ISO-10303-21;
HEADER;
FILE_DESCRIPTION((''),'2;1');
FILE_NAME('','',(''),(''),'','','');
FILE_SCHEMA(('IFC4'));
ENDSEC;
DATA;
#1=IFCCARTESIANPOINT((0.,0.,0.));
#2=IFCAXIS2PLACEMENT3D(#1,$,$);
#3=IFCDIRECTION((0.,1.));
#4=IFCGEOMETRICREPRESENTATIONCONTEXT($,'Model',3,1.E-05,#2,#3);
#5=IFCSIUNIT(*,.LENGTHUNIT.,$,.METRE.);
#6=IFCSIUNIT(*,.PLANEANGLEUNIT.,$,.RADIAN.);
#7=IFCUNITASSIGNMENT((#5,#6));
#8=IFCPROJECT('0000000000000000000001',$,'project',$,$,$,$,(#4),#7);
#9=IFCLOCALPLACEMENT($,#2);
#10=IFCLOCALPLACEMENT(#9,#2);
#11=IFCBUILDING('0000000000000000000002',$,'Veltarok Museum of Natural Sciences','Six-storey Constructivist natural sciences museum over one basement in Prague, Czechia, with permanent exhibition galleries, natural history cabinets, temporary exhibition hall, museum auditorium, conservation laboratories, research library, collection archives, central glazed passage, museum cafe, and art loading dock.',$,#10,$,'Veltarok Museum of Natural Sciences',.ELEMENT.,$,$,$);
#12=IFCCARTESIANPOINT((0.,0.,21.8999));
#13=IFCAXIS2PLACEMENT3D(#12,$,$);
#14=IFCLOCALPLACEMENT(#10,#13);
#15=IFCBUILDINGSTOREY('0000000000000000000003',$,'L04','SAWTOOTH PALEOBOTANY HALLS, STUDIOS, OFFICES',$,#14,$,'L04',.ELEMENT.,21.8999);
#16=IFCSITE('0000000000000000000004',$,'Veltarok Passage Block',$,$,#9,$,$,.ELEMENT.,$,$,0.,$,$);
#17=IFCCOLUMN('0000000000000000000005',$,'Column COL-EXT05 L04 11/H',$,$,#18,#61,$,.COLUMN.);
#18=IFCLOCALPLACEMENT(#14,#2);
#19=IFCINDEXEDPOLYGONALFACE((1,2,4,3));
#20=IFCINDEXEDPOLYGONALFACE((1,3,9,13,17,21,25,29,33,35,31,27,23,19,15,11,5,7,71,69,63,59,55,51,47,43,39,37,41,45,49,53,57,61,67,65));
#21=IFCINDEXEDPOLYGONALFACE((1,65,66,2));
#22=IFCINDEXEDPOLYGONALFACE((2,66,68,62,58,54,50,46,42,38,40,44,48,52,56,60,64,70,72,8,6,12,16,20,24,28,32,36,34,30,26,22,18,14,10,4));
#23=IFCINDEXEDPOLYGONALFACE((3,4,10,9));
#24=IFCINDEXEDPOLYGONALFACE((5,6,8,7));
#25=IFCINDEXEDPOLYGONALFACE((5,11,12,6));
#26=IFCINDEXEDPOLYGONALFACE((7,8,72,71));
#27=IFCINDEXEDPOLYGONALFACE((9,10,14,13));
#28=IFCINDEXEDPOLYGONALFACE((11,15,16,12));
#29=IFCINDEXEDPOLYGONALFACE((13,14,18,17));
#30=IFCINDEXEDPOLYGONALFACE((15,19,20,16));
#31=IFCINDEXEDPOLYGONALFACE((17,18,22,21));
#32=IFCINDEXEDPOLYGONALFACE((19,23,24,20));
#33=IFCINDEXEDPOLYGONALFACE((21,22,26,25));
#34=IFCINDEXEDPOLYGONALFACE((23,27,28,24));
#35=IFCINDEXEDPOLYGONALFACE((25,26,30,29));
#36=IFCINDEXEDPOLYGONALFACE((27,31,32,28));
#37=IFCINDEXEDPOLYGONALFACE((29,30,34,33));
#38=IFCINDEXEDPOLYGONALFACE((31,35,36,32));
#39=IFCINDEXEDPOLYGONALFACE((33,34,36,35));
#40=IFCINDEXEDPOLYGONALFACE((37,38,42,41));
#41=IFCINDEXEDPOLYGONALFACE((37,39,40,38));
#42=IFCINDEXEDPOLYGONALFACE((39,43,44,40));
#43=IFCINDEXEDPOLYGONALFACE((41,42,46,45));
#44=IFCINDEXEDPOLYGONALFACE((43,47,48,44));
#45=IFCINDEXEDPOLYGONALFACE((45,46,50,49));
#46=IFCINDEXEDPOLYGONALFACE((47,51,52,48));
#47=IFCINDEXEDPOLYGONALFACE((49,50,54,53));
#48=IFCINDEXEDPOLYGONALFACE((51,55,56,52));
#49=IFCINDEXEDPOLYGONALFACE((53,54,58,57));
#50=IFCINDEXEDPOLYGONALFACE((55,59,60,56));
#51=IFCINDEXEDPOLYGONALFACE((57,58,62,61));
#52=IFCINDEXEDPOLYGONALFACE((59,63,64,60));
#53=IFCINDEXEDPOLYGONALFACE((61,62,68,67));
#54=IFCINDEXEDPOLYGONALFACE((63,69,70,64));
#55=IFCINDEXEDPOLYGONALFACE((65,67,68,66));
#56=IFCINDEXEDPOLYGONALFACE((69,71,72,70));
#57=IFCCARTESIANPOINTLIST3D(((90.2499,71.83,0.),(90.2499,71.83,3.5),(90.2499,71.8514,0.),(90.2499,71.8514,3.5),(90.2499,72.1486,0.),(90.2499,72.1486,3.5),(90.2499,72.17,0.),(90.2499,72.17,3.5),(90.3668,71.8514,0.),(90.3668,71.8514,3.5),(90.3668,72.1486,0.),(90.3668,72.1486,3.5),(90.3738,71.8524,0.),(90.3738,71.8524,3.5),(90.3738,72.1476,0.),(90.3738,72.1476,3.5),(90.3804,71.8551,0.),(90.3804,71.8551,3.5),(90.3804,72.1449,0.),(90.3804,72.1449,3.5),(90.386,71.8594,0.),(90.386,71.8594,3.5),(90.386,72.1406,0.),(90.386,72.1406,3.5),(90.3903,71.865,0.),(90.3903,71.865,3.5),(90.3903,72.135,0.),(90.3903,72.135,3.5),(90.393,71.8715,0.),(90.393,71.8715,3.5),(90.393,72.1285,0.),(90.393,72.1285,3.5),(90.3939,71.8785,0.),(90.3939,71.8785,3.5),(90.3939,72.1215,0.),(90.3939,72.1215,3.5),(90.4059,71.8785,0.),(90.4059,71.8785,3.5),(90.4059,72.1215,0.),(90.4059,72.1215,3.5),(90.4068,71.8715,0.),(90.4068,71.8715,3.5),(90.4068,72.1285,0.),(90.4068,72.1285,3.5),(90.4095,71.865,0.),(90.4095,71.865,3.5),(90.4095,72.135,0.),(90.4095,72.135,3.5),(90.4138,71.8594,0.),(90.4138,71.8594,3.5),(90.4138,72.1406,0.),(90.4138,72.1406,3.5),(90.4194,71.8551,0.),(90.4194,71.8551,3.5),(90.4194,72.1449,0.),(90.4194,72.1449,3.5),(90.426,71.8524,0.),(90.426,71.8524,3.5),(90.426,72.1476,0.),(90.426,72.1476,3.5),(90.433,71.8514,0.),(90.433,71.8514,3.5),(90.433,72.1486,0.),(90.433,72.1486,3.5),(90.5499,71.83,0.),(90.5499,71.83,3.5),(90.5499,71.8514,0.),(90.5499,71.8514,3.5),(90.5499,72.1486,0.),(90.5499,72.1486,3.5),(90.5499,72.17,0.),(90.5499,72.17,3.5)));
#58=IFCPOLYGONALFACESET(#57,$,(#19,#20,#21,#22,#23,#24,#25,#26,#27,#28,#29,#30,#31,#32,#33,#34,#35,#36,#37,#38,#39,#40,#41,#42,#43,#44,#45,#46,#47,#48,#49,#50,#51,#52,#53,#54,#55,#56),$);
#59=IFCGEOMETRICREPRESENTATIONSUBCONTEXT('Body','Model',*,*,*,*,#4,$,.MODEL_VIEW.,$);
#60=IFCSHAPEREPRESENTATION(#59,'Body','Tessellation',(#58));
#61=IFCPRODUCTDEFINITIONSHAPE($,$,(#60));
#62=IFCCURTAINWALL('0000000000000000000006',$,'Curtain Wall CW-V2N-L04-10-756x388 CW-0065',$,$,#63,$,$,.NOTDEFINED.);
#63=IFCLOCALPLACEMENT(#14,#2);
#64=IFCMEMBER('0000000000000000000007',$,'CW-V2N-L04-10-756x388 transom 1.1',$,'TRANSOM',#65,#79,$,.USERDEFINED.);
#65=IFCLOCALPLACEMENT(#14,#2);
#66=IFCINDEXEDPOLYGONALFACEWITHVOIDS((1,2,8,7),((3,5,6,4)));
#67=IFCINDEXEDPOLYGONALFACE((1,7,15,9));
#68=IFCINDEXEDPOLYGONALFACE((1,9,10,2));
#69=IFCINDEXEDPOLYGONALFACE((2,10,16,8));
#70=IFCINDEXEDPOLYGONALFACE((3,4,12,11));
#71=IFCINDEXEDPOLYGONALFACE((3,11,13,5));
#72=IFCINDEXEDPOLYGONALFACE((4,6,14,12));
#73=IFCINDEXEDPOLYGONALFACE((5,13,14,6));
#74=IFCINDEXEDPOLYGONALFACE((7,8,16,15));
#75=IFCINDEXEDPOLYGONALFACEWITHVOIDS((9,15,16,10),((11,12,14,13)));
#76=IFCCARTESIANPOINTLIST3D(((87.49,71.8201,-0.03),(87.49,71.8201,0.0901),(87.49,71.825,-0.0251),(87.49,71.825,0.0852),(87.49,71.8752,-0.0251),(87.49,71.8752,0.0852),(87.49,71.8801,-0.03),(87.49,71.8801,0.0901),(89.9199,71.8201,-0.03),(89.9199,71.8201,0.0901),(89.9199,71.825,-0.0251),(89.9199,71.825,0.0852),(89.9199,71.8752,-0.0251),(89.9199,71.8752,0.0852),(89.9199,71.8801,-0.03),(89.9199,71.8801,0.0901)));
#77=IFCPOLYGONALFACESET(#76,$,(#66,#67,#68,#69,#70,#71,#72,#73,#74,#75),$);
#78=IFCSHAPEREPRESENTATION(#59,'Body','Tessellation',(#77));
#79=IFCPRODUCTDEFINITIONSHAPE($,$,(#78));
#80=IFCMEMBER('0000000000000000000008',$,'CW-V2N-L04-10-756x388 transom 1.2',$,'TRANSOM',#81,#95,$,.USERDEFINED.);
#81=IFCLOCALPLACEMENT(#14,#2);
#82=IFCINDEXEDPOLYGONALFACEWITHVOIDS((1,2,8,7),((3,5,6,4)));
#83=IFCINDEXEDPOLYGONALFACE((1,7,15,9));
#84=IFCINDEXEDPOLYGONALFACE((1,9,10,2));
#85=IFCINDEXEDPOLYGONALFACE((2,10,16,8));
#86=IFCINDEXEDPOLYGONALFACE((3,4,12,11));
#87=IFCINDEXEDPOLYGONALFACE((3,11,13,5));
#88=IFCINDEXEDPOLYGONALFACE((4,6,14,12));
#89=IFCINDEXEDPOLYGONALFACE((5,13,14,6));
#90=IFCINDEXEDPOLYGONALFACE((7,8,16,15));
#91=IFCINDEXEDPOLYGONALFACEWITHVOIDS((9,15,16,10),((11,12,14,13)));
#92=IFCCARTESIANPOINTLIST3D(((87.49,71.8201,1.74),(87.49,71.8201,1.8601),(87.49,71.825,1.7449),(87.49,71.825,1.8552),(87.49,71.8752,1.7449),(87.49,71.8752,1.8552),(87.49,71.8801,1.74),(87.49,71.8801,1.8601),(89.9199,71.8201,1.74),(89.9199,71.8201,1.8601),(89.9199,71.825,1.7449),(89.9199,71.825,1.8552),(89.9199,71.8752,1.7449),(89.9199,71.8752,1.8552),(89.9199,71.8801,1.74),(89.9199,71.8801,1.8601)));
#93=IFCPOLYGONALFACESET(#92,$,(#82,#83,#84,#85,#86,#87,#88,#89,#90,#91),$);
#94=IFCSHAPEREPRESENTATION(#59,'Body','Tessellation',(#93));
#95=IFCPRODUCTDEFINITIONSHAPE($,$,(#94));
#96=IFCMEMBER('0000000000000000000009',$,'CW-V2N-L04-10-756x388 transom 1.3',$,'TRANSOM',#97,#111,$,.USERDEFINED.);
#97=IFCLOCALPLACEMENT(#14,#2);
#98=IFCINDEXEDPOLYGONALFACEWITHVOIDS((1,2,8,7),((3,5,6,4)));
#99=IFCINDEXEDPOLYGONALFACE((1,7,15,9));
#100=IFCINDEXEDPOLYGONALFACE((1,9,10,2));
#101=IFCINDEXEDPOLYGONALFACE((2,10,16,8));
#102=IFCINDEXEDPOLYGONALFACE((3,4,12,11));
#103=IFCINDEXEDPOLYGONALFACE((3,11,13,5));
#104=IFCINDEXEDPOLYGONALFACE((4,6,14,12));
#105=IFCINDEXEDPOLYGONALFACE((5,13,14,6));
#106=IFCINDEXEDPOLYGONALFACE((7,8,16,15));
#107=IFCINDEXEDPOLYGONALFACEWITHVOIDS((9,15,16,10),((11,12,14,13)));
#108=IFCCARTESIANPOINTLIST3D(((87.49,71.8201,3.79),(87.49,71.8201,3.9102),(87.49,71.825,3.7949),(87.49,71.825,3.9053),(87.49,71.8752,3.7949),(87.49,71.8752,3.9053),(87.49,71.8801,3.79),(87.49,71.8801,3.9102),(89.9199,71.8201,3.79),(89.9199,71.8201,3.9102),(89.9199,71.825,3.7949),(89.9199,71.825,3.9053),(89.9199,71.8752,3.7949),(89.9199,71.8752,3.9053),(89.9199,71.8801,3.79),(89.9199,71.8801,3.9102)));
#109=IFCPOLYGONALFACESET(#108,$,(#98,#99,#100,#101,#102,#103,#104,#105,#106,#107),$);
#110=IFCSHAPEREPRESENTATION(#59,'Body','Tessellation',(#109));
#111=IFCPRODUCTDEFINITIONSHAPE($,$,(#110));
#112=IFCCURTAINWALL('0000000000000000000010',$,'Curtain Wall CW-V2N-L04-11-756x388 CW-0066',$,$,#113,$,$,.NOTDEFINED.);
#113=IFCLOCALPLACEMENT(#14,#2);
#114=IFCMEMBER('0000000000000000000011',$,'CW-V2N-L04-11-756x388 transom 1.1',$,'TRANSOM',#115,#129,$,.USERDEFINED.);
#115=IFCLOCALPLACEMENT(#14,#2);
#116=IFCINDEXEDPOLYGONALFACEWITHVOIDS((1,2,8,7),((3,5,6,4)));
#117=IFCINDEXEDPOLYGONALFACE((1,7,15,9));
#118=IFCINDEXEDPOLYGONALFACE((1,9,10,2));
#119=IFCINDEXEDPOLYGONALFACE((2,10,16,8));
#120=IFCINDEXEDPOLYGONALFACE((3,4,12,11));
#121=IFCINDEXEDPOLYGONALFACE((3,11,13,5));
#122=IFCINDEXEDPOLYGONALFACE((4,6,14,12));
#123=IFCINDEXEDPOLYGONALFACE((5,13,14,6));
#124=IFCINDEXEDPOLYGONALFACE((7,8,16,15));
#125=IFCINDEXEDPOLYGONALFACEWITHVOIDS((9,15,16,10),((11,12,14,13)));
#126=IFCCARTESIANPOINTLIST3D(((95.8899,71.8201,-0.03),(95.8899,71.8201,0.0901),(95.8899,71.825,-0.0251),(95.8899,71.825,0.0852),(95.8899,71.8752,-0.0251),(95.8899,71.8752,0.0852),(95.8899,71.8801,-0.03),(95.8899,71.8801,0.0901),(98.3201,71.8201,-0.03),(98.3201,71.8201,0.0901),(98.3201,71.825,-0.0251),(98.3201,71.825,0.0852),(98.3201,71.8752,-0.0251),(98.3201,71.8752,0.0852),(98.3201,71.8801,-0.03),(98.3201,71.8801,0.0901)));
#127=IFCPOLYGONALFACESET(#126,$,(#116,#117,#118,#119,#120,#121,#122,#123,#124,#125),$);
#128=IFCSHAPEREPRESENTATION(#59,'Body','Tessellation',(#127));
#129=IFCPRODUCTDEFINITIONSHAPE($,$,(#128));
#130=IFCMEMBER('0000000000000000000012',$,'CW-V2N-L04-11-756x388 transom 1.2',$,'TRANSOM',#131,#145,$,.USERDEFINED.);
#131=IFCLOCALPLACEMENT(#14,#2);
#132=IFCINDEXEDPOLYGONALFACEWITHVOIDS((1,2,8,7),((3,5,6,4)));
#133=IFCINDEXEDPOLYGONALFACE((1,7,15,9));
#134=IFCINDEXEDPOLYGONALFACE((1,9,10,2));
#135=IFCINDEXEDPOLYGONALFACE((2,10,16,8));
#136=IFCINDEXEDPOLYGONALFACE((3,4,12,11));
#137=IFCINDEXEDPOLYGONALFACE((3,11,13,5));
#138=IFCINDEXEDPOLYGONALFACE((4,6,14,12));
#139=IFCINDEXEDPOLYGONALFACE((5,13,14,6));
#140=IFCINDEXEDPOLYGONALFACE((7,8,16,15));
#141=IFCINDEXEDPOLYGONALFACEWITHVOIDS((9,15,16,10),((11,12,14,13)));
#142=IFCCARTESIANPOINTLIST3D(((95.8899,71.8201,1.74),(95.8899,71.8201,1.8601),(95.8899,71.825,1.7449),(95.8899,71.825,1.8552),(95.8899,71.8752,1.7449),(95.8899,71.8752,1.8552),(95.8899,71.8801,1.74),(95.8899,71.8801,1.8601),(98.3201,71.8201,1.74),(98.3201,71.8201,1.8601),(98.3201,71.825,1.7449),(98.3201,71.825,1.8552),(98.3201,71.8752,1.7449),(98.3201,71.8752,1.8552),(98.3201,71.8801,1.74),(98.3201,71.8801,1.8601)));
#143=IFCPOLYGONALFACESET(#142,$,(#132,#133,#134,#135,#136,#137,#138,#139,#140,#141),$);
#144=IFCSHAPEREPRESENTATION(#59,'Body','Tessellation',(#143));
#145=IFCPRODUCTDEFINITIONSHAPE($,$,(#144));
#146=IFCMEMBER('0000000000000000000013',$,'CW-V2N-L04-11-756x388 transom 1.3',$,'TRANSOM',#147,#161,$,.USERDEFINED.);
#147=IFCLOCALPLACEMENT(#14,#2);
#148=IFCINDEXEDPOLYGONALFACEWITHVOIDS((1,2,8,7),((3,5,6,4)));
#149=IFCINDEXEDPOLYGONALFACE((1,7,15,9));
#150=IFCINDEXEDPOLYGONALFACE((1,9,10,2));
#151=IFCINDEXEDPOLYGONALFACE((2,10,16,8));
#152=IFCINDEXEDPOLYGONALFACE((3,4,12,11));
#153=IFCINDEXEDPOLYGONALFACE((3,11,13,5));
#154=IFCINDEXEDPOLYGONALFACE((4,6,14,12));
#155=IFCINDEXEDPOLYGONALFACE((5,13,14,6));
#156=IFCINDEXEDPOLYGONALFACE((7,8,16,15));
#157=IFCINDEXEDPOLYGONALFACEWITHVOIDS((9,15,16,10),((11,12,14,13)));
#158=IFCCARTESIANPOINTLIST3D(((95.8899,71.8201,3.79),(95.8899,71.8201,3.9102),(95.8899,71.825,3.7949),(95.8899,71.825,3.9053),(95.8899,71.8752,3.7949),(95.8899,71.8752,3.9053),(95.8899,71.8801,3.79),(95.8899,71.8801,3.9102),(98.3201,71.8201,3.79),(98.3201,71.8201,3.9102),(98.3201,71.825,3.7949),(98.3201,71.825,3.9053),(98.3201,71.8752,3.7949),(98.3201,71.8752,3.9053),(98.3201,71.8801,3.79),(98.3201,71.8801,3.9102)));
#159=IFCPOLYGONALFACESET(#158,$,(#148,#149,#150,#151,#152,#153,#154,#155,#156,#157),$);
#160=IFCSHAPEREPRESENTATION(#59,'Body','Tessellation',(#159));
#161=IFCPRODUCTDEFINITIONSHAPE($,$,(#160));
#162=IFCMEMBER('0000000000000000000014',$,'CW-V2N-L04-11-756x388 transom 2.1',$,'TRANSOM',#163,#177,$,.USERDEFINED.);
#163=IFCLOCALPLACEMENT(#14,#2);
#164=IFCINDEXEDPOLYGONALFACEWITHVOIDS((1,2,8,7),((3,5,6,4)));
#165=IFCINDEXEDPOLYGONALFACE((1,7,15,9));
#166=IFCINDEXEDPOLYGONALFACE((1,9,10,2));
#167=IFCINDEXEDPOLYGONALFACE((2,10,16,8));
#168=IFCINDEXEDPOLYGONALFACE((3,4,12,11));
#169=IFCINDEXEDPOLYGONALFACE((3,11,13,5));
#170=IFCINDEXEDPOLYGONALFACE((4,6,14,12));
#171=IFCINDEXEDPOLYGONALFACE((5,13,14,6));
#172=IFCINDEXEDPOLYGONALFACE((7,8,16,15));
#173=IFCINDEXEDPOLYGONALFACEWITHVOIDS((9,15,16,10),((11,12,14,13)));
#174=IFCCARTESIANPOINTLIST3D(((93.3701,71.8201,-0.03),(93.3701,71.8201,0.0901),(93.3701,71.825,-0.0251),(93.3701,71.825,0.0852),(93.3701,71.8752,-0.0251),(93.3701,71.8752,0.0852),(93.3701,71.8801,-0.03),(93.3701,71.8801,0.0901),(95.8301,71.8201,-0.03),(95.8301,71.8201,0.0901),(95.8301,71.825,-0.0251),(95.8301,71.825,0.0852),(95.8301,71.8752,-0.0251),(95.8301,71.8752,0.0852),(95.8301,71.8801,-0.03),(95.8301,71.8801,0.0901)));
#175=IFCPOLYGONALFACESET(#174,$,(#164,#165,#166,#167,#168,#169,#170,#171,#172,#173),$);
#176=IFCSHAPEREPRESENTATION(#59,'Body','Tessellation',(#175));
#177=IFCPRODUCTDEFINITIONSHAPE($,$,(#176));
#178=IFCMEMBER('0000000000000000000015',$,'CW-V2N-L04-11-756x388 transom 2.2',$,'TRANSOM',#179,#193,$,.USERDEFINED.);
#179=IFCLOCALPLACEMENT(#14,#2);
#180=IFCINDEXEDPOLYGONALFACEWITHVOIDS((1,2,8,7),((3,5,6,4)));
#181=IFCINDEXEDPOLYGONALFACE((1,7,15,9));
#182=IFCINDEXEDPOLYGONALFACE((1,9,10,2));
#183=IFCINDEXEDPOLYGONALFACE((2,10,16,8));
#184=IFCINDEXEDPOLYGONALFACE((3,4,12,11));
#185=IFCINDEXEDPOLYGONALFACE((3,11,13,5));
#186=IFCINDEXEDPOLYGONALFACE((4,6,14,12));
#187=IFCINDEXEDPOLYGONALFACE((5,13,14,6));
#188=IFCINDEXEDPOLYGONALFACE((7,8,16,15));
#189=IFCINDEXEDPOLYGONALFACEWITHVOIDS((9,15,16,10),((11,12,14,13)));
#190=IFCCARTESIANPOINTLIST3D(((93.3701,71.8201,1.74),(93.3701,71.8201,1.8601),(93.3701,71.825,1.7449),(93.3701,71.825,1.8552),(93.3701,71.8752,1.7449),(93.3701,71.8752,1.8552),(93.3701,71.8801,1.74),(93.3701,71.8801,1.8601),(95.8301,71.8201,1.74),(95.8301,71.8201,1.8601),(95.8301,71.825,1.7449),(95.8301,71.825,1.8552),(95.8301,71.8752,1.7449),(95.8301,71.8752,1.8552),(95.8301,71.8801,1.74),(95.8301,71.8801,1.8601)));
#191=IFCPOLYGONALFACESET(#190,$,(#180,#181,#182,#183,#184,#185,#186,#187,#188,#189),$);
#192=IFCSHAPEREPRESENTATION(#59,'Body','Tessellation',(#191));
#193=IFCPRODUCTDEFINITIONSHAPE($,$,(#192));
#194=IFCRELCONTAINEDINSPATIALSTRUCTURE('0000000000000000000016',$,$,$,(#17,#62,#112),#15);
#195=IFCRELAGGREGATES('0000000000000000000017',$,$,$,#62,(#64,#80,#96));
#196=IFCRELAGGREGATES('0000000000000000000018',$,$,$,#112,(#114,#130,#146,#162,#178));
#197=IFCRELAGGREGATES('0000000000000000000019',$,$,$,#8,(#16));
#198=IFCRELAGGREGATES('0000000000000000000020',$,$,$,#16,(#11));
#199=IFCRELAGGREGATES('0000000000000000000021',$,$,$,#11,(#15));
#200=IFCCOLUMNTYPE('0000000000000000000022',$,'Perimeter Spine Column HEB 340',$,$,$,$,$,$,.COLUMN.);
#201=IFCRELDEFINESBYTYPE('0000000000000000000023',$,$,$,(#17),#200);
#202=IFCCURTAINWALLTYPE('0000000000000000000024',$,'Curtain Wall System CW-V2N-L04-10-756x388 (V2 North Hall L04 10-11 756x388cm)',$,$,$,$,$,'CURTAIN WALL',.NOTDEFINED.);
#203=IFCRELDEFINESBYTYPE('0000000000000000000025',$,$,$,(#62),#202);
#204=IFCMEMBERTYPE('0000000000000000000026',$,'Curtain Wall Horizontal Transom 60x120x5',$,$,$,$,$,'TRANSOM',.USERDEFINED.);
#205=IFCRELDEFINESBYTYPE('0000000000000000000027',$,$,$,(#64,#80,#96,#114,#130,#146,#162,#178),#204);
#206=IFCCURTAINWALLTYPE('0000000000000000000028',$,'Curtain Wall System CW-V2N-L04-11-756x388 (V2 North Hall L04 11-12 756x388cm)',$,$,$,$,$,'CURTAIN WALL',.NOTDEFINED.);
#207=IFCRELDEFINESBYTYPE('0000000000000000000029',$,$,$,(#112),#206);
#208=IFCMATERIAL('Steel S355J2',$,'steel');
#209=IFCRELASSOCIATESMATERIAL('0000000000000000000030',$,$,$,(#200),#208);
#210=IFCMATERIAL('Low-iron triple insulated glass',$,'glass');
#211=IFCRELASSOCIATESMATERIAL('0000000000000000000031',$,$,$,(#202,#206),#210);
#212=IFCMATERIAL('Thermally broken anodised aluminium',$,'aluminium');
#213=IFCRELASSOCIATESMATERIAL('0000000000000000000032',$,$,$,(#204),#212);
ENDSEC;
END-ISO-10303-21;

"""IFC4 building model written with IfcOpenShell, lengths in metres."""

from ifc_helpers import new_model, si_unit, direction, frame, origin, origin_2d, place, context, subcontext, project, spatial, hollow_rectangle, i_section, extrude, material, material_profile, profile_set, type_object, element, aggregate, save


model = new_model("IFC4")

# Units and contexts
model_context = context("Model", 3, precision=1e-05, world=origin(), true_north=direction((0.0, 1.0)))
body_context = subcontext(model_context, "Body", "Model", "MODEL_VIEW")
ifc_project = project(units=[si_unit("LENGTHUNIT", "METRE"), si_unit("PLANEANGLEUNIT", "RADIAN")], contexts=[model_context])

# Site, building, storey
site_placement = place(None, origin())
site = spatial("IfcSite", under=ifc_project, at=site_placement, Name="Veltarok Passage Block", CompositionType="ELEMENT", RefElevation=0.0)
building_placement = place(site_placement, origin())
building = spatial("IfcBuilding", under=site, at=building_placement, Name="Veltarok Museum of Natural Sciences", Description="Six-storey Constructivist natural sciences museum over one basement in Prague, Czechia, with permanent exhibition galleries, natural history cabinets, temporary exhibition hall, museum auditorium, conservation laboratories, research library, collection archives, central glazed passage, museum cafe, and art loading dock.", LongName="Veltarok Museum of Natural Sciences", CompositionType="ELEMENT")
storey_placement = place(building_placement, frame((0.0, 0.0, 21.8999)))
storey = spatial("IfcBuildingStorey", under=building, at=storey_placement, Name="L04", Description="SAWTOOTH PALEOBOTANY HALLS, STUDIOS, OFFICES", LongName="L04", CompositionType="ELEMENT", Elevation=21.8999)

# Column
ifc_material_1 = material(Name="Steel S355J2", Category="steel")
ifc_material_profile_1 = material_profile(ifc_material_1, i_section(OverallWidth=0.3, OverallDepth=0.3401, WebThickness=0.012, FlangeThickness=0.0215, FilletRadius=0.0271, at=origin_2d()), Name="HEB 340")
ifc_profile_set_1 = profile_set([ifc_material_profile_1], Name="Steel S355J2")
column_type = type_object("IfcColumnType", Name="Perimeter Spine Column HEB 340", PredefinedType="COLUMN", material=ifc_profile_set_1)
column_placement = place(storey_placement, frame((90.3999, 72.0, 0.0), z_axis=(0.0, 0.0, 1.0), x_axis=(1.0, 0.0, 0.0)))
element("IfcColumn", 1, at=column_placement, inside=storey, type_object=column_type, Name="Column COL-EXT05 L04 11/H", PredefinedType="COLUMN", context=body_context, shape_type="SweptSolid", body=[
    extrude(i_section(OverallWidth=0.3, OverallDepth=0.3401, WebThickness=0.012, FlangeThickness=0.0215, FilletRadius=0.0271, at=origin_2d()), origin(), (0.0, 0.0, 1.0), 3.5),
])

# Curtain walls, members
ifc_material_2 = material(Name="Low-iron triple insulated glass", Category="glass")
curtain_wall_type_1 = type_object("IfcCurtainWallType", Name="Curtain Wall System CW-V2N-L04-10-756x388 (V2 North Hall L04 10-11 756x388cm)", ElementType="CURTAIN WALL", PredefinedType="NOTDEFINED", material=ifc_material_2)
curtain_wall_1_placement = place(storey_placement, origin())
curtain_wall_1 = element("IfcCurtainWall", 2, at=curtain_wall_1_placement, inside=storey, type_object=curtain_wall_type_1, Name="Curtain Wall CW-V2N-L04-10-756x388 CW-0065", PredefinedType="NOTDEFINED")
ifc_material_3 = material(Name="Thermally broken anodised aluminium", Category="aluminium")
ifc_material_profile_2 = material_profile(ifc_material_3, hollow_rectangle(XDim=0.0601, YDim=0.1201, WallThickness=0.0049, at=origin_2d()), Name="CW TRANSOM 60x120x5")
ifc_profile_set_2 = profile_set([ifc_material_profile_2], Name="Thermally broken anodised aluminium")
member_type_1 = type_object("IfcMemberType", Name="Curtain Wall Horizontal Transom 60x120x5", ElementType="TRANSOM", PredefinedType="USERDEFINED", material=ifc_profile_set_2)
member_1_placement = place(storey_placement, frame((89.9199, 71.8501, 0.03), z_axis=(-1.0, 0.0, 0.0), x_axis=(0.0, -1.0, 0.0)))
member_1 = element("IfcMember", 3, at=member_1_placement, type_object=member_type_1, Name="CW-V2N-L04-10-756x388 transom 1.1", ObjectType="TRANSOM", PredefinedType="USERDEFINED", context=body_context, shape_type="SweptSolid", body=[
    extrude(hollow_rectangle(XDim=0.0601, YDim=0.1201, WallThickness=0.0049, at=origin_2d()), origin(), (0.0, 0.0, 1.0), 2.4299),
])
member_2_placement = place(storey_placement, frame((89.9199, 71.8501, 1.8), z_axis=(-1.0, 0.0, 0.0), x_axis=(0.0, -1.0, 0.0)))
member_2 = element("IfcMember", 4, at=member_2_placement, type_object=member_type_1, Name="CW-V2N-L04-10-756x388 transom 1.2", ObjectType="TRANSOM", PredefinedType="USERDEFINED", context=body_context, shape_type="SweptSolid", body=[
    extrude(hollow_rectangle(XDim=0.0601, YDim=0.1201, WallThickness=0.0049, at=origin_2d()), origin(), (0.0, 0.0, 1.0), 2.4299),
])
member_3_placement = place(storey_placement, frame((89.9199, 71.8501, 3.8501), z_axis=(-1.0, 0.0, 0.0), x_axis=(0.0, -1.0, 0.0)))
member_3 = element("IfcMember", 5, at=member_3_placement, type_object=member_type_1, Name="CW-V2N-L04-10-756x388 transom 1.3", ObjectType="TRANSOM", PredefinedType="USERDEFINED", context=body_context, shape_type="SweptSolid", body=[
    extrude(hollow_rectangle(XDim=0.0601, YDim=0.1201, WallThickness=0.0049, at=origin_2d()), origin(), (0.0, 0.0, 1.0), 2.4299),
])
curtain_wall_type_2 = type_object("IfcCurtainWallType", Name="Curtain Wall System CW-V2N-L04-11-756x388 (V2 North Hall L04 11-12 756x388cm)", ElementType="CURTAIN WALL", PredefinedType="NOTDEFINED", material=ifc_material_2)
curtain_wall_2_placement = place(storey_placement, origin())
curtain_wall_2 = element("IfcCurtainWall", 6, at=curtain_wall_2_placement, inside=storey, type_object=curtain_wall_type_2, Name="Curtain Wall CW-V2N-L04-11-756x388 CW-0066", PredefinedType="NOTDEFINED")
member_4_placement = place(storey_placement, frame((98.3201, 71.8501, 0.03), z_axis=(-1.0, 0.0, 0.0), x_axis=(0.0, -1.0, 0.0)))
member_4 = element("IfcMember", 7, at=member_4_placement, type_object=member_type_1, Name="CW-V2N-L04-11-756x388 transom 1.1", ObjectType="TRANSOM", PredefinedType="USERDEFINED", context=body_context, shape_type="SweptSolid", body=[
    extrude(hollow_rectangle(XDim=0.0601, YDim=0.1201, WallThickness=0.0049, at=origin_2d()), origin(), (0.0, 0.0, 1.0), 2.4302),
])
member_5_placement = place(storey_placement, frame((98.3201, 71.8501, 1.8), z_axis=(-1.0, 0.0, 0.0), x_axis=(0.0, -1.0, 0.0)))
member_5 = element("IfcMember", 8, at=member_5_placement, type_object=member_type_1, Name="CW-V2N-L04-11-756x388 transom 1.2", ObjectType="TRANSOM", PredefinedType="USERDEFINED", context=body_context, shape_type="SweptSolid", body=[
    extrude(hollow_rectangle(XDim=0.0601, YDim=0.1201, WallThickness=0.0049, at=origin_2d()), origin(), (0.0, 0.0, 1.0), 2.4302),
])
member_6_placement = place(storey_placement, frame((98.3201, 71.8501, 3.8501), z_axis=(-1.0, 0.0, 0.0), x_axis=(0.0, -1.0, 0.0)))
member_6 = element("IfcMember", 9, at=member_6_placement, type_object=member_type_1, Name="CW-V2N-L04-11-756x388 transom 1.3", ObjectType="TRANSOM", PredefinedType="USERDEFINED", context=body_context, shape_type="SweptSolid", body=[
    extrude(hollow_rectangle(XDim=0.0601, YDim=0.1201, WallThickness=0.0049, at=origin_2d()), origin(), (0.0, 0.0, 1.0), 2.4302),
])
member_7_placement = place(storey_placement, frame((95.8301, 71.8501, 0.03), z_axis=(-1.0, 0.0, 0.0), x_axis=(0.0, -1.0, 0.0)))
member_7 = element("IfcMember", 10, at=member_7_placement, type_object=member_type_1, Name="CW-V2N-L04-11-756x388 transom 2.1", ObjectType="TRANSOM", PredefinedType="USERDEFINED", context=body_context, shape_type="SweptSolid", body=[
    extrude(hollow_rectangle(XDim=0.0601, YDim=0.1201, WallThickness=0.0049, at=origin_2d()), origin(), (0.0, 0.0, 1.0), 2.46),
])
member_8_placement = place(storey_placement, frame((95.8301, 71.8501, 1.8), z_axis=(-1.0, 0.0, 0.0), x_axis=(0.0, -1.0, 0.0)))
member_8 = element("IfcMember", 11, at=member_8_placement, type_object=member_type_1, Name="CW-V2N-L04-11-756x388 transom 2.2", ObjectType="TRANSOM", PredefinedType="USERDEFINED", context=body_context, shape_type="SweptSolid", body=[
    extrude(hollow_rectangle(XDim=0.0601, YDim=0.1201, WallThickness=0.0049, at=origin_2d()), origin(), (0.0, 0.0, 1.0), 2.46),
])

aggregate(curtain_wall_1, [member_1, member_2, member_3])
aggregate(curtain_wall_2, [member_4, member_5, member_6, member_7, member_8])

save(model, "model.ifc")
